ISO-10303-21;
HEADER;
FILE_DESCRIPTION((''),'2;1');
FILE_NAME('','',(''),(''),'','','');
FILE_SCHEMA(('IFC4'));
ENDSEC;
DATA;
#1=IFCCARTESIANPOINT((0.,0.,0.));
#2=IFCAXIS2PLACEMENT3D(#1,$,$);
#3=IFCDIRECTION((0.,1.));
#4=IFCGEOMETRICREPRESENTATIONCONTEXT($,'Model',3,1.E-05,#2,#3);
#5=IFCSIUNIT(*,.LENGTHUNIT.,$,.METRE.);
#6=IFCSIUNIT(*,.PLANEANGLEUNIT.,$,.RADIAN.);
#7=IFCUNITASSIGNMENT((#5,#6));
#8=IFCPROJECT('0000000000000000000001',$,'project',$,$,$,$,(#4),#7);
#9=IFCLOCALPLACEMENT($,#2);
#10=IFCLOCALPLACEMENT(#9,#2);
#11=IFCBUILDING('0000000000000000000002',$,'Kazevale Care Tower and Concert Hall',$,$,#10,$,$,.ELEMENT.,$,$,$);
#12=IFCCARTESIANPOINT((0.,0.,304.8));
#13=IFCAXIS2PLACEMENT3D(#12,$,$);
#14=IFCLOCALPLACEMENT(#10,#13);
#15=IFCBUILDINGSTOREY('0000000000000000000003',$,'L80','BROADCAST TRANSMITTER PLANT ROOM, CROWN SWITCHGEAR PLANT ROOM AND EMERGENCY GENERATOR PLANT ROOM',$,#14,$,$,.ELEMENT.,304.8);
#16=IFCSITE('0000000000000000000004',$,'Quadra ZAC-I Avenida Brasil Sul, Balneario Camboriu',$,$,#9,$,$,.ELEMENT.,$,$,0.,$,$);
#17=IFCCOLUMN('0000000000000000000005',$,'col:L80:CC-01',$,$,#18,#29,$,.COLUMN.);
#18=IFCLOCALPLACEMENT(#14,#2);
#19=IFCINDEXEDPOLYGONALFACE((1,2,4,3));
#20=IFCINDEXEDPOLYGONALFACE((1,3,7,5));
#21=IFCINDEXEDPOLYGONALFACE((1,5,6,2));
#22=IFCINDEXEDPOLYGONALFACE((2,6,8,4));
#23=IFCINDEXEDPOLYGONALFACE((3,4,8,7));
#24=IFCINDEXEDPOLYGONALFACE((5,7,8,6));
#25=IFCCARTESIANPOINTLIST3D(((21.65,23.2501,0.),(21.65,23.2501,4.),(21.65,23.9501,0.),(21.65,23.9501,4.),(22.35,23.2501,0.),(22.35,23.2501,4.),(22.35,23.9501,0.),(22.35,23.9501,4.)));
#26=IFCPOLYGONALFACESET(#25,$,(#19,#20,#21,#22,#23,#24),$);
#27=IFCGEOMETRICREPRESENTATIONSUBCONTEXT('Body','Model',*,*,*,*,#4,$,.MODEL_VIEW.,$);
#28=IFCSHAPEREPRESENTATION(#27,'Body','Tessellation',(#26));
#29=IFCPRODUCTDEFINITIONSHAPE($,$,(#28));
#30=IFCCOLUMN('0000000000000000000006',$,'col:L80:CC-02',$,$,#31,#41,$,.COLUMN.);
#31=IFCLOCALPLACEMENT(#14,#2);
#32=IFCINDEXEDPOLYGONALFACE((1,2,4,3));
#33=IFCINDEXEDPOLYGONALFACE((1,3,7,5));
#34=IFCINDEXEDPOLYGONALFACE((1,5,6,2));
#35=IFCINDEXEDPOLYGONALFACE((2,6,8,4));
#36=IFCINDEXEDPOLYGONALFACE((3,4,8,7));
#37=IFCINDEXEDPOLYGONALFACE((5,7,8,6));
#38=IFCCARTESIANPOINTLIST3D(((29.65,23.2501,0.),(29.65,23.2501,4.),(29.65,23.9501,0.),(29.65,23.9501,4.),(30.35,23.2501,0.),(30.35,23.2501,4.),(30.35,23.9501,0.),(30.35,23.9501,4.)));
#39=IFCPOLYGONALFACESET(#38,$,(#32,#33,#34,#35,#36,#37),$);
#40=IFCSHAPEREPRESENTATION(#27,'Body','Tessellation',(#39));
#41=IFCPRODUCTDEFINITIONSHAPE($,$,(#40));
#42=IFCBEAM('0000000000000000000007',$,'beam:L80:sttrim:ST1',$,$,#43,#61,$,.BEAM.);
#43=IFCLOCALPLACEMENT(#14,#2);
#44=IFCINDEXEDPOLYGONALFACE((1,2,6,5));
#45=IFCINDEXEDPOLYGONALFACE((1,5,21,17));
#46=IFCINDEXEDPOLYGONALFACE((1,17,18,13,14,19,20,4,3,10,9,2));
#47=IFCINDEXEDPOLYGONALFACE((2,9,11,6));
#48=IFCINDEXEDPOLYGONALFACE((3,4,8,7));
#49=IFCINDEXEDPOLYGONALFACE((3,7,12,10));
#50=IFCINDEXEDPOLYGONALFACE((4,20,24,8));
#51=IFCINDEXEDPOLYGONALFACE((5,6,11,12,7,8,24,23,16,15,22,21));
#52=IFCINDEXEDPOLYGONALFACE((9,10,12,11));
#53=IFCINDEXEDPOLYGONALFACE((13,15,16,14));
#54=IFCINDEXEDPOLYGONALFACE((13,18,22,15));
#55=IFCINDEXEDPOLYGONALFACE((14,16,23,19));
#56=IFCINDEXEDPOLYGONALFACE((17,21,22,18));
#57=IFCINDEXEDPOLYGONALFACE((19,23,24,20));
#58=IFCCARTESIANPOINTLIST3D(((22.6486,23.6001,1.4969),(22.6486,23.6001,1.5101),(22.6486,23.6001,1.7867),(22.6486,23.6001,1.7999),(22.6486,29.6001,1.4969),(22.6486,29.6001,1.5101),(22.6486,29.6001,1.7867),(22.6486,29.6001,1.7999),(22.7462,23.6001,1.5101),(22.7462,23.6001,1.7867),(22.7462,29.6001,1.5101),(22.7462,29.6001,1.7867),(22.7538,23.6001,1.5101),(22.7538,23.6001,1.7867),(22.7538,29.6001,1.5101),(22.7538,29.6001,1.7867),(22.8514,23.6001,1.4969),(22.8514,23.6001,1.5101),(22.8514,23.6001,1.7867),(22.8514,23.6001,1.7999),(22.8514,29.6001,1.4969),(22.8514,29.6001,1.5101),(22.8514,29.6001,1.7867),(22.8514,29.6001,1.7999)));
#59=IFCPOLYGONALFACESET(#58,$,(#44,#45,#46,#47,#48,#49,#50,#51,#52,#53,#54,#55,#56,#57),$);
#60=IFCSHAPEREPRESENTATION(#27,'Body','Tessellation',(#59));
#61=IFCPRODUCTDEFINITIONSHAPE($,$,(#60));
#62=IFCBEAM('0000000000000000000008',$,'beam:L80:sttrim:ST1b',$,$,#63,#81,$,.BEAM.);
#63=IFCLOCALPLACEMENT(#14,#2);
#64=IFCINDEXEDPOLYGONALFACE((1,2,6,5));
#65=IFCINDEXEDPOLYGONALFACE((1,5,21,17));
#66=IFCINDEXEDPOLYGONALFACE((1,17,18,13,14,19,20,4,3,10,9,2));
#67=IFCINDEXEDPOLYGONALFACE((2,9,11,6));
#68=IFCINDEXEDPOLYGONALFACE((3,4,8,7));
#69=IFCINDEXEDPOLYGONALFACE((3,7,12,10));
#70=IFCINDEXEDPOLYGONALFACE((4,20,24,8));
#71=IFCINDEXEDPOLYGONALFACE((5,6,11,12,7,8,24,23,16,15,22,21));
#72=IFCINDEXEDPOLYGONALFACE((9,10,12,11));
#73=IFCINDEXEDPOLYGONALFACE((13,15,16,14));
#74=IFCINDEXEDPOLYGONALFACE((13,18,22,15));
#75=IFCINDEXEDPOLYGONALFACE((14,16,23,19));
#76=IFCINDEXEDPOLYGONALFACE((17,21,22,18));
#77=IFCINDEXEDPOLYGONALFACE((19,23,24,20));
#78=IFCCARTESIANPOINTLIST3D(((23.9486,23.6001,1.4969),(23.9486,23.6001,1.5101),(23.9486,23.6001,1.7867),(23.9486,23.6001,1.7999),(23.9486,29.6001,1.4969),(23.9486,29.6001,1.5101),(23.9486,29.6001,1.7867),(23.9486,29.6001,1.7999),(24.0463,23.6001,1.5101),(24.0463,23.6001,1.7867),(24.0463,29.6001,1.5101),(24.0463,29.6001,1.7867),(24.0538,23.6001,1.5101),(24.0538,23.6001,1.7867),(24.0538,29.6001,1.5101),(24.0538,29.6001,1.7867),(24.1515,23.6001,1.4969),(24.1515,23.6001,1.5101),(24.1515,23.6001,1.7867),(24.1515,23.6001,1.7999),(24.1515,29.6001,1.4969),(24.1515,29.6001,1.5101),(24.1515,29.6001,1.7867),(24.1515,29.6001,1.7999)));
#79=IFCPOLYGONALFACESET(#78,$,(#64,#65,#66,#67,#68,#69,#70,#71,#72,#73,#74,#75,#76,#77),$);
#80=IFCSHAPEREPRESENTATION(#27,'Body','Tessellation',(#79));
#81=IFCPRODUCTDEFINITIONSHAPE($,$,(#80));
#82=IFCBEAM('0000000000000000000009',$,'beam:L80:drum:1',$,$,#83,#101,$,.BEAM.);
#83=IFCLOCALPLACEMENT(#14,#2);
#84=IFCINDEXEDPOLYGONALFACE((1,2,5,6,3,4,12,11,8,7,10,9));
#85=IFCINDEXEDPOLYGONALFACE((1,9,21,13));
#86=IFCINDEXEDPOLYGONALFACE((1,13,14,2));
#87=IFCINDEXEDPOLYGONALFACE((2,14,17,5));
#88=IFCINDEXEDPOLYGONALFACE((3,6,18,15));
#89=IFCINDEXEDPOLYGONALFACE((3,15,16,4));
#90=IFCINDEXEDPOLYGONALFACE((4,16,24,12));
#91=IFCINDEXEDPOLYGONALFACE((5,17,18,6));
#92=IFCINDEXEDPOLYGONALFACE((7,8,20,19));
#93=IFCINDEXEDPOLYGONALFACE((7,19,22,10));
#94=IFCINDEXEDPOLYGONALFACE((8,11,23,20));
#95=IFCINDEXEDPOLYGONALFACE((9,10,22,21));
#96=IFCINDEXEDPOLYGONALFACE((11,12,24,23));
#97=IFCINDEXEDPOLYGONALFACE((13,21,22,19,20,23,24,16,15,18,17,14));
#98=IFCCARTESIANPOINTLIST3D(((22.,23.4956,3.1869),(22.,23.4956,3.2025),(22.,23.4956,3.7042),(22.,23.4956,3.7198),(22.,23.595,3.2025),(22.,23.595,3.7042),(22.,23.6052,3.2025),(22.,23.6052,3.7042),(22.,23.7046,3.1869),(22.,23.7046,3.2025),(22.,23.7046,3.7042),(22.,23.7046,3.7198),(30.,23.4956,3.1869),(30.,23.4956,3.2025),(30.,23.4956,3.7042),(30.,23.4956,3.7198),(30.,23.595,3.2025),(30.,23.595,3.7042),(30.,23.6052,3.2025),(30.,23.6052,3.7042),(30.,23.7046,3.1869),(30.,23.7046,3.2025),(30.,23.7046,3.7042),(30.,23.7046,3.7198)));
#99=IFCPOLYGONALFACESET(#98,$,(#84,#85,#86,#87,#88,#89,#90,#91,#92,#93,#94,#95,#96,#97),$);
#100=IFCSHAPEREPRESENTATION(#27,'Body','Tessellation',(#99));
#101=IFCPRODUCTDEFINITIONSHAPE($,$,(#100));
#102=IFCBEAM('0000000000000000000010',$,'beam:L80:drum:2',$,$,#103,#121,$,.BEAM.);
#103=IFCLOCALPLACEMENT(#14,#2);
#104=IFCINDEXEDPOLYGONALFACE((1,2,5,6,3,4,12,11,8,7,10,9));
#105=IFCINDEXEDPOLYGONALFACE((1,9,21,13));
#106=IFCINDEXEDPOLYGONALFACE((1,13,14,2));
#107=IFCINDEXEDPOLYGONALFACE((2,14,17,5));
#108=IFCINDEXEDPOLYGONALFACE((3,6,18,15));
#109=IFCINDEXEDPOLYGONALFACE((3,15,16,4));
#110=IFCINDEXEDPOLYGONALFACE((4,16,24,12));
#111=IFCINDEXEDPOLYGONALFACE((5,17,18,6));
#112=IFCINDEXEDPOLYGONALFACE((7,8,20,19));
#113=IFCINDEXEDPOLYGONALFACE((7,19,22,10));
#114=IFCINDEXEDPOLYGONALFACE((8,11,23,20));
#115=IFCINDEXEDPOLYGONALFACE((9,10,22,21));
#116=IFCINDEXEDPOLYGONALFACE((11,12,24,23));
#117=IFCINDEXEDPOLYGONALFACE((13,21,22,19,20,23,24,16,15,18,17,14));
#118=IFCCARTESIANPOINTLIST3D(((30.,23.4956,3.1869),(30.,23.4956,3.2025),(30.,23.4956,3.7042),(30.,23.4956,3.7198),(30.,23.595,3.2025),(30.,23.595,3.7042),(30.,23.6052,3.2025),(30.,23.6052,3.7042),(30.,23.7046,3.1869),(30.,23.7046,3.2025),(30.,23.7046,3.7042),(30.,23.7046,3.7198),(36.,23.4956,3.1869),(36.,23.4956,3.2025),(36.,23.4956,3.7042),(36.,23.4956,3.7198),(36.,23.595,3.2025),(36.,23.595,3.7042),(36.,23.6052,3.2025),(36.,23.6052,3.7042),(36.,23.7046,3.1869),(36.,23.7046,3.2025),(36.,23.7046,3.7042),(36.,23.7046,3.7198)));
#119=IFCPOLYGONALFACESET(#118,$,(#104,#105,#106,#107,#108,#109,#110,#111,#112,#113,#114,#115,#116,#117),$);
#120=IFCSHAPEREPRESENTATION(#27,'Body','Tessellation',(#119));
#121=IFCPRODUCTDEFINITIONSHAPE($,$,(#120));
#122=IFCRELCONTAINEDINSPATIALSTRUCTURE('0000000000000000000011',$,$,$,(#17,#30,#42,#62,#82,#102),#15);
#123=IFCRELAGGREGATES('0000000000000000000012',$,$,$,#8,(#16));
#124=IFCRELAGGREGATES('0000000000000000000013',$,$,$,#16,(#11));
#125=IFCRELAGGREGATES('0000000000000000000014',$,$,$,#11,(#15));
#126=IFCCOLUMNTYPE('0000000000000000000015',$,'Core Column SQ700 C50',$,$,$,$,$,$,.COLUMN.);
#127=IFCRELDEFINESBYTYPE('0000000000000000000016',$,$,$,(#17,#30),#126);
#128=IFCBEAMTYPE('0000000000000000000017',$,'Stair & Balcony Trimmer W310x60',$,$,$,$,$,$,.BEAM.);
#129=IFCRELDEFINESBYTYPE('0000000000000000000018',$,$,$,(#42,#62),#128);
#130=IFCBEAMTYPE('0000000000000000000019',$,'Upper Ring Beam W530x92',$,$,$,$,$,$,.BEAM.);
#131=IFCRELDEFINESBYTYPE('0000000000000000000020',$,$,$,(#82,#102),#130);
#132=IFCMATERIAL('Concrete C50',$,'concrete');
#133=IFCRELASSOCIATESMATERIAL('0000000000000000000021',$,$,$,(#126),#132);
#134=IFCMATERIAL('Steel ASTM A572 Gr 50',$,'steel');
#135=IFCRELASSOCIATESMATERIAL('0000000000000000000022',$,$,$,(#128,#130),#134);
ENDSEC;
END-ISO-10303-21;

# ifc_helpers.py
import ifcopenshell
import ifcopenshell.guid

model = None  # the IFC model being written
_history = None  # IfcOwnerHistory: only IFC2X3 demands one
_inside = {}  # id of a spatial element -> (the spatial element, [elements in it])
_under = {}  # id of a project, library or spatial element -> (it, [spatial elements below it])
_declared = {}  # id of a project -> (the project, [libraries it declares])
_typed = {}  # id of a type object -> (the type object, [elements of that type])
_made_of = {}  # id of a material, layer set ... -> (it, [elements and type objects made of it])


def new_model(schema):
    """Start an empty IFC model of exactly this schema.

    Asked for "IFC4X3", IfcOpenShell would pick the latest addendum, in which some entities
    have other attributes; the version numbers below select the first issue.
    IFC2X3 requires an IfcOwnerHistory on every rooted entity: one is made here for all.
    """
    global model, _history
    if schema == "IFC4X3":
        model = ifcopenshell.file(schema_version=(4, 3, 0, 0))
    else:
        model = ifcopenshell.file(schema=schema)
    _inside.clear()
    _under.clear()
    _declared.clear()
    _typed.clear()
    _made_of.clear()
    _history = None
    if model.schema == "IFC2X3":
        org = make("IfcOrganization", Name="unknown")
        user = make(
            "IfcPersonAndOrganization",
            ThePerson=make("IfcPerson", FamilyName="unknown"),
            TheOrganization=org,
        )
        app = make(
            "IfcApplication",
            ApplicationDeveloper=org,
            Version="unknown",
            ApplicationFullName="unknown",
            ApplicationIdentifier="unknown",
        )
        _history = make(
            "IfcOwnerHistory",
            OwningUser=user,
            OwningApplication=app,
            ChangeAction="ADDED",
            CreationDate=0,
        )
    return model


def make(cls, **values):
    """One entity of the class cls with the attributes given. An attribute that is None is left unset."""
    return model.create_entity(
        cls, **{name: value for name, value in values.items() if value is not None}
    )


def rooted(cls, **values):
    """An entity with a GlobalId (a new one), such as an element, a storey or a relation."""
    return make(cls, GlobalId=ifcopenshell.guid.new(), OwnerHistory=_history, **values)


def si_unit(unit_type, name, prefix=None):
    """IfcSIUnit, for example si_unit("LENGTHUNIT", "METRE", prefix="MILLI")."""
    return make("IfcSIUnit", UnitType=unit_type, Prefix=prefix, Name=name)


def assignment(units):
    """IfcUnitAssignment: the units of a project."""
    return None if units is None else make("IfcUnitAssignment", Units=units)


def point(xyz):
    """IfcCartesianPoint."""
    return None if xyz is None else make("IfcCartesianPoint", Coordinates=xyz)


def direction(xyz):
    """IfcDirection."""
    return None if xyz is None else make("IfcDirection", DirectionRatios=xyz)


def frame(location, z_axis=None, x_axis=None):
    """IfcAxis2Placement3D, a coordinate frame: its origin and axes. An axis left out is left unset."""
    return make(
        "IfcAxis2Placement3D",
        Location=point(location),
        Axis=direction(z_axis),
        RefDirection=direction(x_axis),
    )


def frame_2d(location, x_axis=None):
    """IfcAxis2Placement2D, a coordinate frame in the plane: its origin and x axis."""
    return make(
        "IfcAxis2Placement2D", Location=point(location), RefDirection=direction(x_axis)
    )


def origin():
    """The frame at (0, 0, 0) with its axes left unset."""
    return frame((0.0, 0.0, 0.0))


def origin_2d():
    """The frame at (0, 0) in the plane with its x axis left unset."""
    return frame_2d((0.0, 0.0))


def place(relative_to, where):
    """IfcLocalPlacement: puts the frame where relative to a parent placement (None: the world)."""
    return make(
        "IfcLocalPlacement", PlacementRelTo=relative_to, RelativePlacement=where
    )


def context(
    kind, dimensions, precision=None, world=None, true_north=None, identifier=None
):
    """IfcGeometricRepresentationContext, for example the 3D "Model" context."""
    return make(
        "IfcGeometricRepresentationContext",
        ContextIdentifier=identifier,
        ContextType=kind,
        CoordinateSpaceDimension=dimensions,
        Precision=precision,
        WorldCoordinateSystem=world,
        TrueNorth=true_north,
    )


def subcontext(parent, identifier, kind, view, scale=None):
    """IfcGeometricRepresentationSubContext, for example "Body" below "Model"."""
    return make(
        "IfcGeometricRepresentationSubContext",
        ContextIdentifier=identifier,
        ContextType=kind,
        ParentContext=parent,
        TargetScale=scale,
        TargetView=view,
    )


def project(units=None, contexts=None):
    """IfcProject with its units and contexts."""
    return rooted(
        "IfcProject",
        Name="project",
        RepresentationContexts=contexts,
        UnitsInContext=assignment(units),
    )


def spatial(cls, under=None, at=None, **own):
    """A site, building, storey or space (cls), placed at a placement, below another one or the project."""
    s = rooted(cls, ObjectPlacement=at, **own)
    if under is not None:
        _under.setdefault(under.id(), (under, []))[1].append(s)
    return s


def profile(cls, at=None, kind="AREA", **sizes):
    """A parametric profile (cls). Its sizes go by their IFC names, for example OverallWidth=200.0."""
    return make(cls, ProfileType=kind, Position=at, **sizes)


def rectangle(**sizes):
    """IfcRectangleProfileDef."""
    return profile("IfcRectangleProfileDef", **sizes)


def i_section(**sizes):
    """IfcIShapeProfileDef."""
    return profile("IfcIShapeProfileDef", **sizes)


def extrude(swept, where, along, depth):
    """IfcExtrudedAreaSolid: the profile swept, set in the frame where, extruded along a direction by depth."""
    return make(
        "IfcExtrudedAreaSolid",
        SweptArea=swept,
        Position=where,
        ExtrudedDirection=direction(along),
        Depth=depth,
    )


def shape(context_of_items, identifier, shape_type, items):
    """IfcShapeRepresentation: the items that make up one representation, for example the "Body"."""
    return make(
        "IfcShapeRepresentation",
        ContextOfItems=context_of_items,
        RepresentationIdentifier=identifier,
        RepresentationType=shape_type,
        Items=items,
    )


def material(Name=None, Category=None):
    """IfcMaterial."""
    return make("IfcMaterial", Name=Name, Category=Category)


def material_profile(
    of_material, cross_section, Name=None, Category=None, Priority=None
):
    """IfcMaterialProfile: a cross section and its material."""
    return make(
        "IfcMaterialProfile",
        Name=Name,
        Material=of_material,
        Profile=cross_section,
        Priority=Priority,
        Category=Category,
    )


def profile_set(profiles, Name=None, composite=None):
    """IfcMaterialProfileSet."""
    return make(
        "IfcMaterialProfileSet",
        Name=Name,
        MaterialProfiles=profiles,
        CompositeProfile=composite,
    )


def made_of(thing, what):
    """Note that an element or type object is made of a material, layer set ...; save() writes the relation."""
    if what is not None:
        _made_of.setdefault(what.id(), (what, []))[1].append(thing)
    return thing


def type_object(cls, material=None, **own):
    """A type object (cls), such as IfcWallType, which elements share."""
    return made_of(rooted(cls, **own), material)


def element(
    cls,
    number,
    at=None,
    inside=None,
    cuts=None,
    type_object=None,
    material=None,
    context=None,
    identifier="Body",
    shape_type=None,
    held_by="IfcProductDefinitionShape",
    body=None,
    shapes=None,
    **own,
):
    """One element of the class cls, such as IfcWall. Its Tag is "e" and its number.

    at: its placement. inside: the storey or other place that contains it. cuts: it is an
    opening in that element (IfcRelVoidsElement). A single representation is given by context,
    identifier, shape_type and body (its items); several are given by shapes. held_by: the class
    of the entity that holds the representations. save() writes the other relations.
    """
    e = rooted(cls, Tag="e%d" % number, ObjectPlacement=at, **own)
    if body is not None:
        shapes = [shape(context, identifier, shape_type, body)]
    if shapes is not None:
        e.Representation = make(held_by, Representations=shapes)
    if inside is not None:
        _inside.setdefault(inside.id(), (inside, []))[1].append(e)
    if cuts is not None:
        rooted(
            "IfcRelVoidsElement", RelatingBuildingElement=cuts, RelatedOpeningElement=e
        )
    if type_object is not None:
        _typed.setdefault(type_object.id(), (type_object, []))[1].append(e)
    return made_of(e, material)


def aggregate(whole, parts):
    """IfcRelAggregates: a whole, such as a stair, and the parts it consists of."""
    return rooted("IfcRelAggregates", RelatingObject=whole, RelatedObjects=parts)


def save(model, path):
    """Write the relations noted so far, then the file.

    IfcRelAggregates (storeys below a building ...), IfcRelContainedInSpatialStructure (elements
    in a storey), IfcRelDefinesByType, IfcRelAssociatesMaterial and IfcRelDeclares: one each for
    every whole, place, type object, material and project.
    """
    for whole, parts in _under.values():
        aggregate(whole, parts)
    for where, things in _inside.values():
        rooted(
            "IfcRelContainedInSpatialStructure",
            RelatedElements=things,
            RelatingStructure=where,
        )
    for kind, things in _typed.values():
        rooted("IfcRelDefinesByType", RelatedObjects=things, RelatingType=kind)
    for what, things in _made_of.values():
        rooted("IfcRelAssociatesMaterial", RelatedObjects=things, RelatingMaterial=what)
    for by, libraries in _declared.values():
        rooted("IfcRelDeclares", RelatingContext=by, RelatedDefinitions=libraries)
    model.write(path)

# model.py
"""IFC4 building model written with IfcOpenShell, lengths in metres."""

from ifc_helpers import new_model, si_unit, direction, frame, origin, origin_2d, place, context, subcontext, project, spatial, rectangle, i_section, extrude, material, material_profile, profile_set, type_object, element, save


model = new_model("IFC4")

# Units and contexts
model_context = context("Model", 3, precision=1e-05, world=origin(), true_north=direction((0.0, 1.0)))
body_context = subcontext(model_context, "Body", "Model", "MODEL_VIEW")
ifc_project = project(units=[si_unit("LENGTHUNIT", "METRE"), si_unit("PLANEANGLEUNIT", "RADIAN")], contexts=[model_context])

# Site, building, storey
site_placement = place(None, origin())
site = spatial("IfcSite", under=ifc_project, at=site_placement, Name="Quadra ZAC-I Avenida Brasil Sul, Balneario Camboriu", CompositionType="ELEMENT", RefElevation=0.0)
building_placement = place(site_placement, origin())
building = spatial("IfcBuilding", under=site, at=building_placement, Name="Kazevale Care Tower and Concert Hall", CompositionType="ELEMENT")
storey_placement = place(building_placement, frame((0.0, 0.0, 304.8)))
storey = spatial("IfcBuildingStorey", under=building, at=storey_placement, Name="L80", Description="BROADCAST TRANSMITTER PLANT ROOM, CROWN SWITCHGEAR PLANT ROOM AND EMERGENCY GENERATOR PLANT ROOM", CompositionType="ELEMENT", Elevation=304.8)

# Columns
ifc_material_1 = material(Name="Concrete C50", Category="concrete")
ifc_material_profile_1 = material_profile(ifc_material_1, rectangle(XDim=0.7, YDim=0.7, at=origin_2d()), Name="RC-SQ700")
ifc_profile_set_1 = profile_set([ifc_material_profile_1], Name="Concrete C50")
column_type = type_object("IfcColumnType", Name="Core Column SQ700 C50", PredefinedType="COLUMN", material=ifc_profile_set_1)
for number, where, z_axis, x_axis, name in (
    (1, (22.0, 23.6001, 0.0), (0.0, 0.0, 1.0), (1.0, 0.0, 0.0), "col:L80:CC-01"),
    (2, (30.0, 23.6001, 0.0), (0.0, 0.0, 1.0), (1.0, 0.0, 0.0), "col:L80:CC-02"),
):
    element("IfcColumn", number, at=place(storey_placement, frame(where, z_axis=z_axis, x_axis=x_axis)), inside=storey, type_object=column_type, Name=name, PredefinedType="COLUMN", context=body_context, shape_type="SweptSolid", body=[
        extrude(rectangle(XDim=0.7, YDim=0.7, at=origin_2d()), origin(), (0.0, 0.0, 1.0), 4.0),
    ])

# Beams
ifc_material_2 = material(Name="Steel ASTM A572 Gr 50", Category="steel")
ifc_material_profile_2 = material_profile(ifc_material_2, i_section(OverallWidth=0.2029, OverallDepth=0.303, WebThickness=0.0076, FlangeThickness=0.0132, at=origin_2d()), Name="W310x60")
ifc_profile_set_2 = profile_set([ifc_material_profile_2], Name="Steel ASTM A572 Gr 50")
beam_type_1 = type_object("IfcBeamType", Name="Stair & Balcony Trimmer W310x60", PredefinedType="BEAM", material=ifc_profile_set_2)
for number, where, z_axis, x_axis, name in (
    (3, (22.75, 23.6001, 1.6484), (0.0, 1.0, 0.0), (-1.0, 0.0, 0.0), "beam:L80:sttrim:ST1"),
    (4, (24.05, 23.6001, 1.6484), (0.0, 1.0, 0.0), (-1.0, 0.0, 0.0), "beam:L80:sttrim:ST1b"),
):
    element("IfcBeam", number, at=place(storey_placement, frame(where, z_axis=z_axis, x_axis=x_axis)), inside=storey, type_object=beam_type_1, Name=name, PredefinedType="BEAM", context=body_context, shape_type="SweptSolid", body=[
        extrude(i_section(OverallWidth=0.2029, OverallDepth=0.303, WebThickness=0.0076, FlangeThickness=0.0132, at=origin_2d()), origin(), (0.0, 0.0, 1.0), 6.0),
    ])
ifc_material_profile_3 = material_profile(ifc_material_2, i_section(OverallWidth=0.209, OverallDepth=0.533, WebThickness=0.0103, FlangeThickness=0.0156, at=origin_2d()), Name="W530x92")
ifc_profile_set_3 = profile_set([ifc_material_profile_3], Name="Steel ASTM A572 Gr 50")
beam_type_2 = type_object("IfcBeamType", Name="Upper Ring Beam W530x92", PredefinedType="BEAM", material=ifc_profile_set_3)
beam_1_placement = place(storey_placement, frame((22.0, 23.6001, 3.4534), z_axis=(1.0, 0.0, 0.0), x_axis=(0.0, 1.0, 0.0)))
element("IfcBeam", 5, at=beam_1_placement, inside=storey, type_object=beam_type_2, Name="beam:L80:drum:1", PredefinedType="BEAM", context=body_context, shape_type="SweptSolid", body=[
    extrude(i_section(OverallWidth=0.209, OverallDepth=0.533, WebThickness=0.0103, FlangeThickness=0.0156, at=origin_2d()), origin(), (0.0, 0.0, 1.0), 8.0),
])
beam_2_placement = place(storey_placement, frame((30.0, 23.6001, 3.4534), z_axis=(1.0, 0.0, 0.0), x_axis=(0.0, 1.0, 0.0)))
element("IfcBeam", 6, at=beam_2_placement, inside=storey, type_object=beam_type_2, Name="beam:L80:drum:2", PredefinedType="BEAM", context=body_context, shape_type="SweptSolid", body=[
    extrude(i_section(OverallWidth=0.209, OverallDepth=0.533, WebThickness=0.0103, FlangeThickness=0.0156, at=origin_2d()), origin(), (0.0, 0.0, 1.0), 6.0),
])

save(model, "model.ifc")
